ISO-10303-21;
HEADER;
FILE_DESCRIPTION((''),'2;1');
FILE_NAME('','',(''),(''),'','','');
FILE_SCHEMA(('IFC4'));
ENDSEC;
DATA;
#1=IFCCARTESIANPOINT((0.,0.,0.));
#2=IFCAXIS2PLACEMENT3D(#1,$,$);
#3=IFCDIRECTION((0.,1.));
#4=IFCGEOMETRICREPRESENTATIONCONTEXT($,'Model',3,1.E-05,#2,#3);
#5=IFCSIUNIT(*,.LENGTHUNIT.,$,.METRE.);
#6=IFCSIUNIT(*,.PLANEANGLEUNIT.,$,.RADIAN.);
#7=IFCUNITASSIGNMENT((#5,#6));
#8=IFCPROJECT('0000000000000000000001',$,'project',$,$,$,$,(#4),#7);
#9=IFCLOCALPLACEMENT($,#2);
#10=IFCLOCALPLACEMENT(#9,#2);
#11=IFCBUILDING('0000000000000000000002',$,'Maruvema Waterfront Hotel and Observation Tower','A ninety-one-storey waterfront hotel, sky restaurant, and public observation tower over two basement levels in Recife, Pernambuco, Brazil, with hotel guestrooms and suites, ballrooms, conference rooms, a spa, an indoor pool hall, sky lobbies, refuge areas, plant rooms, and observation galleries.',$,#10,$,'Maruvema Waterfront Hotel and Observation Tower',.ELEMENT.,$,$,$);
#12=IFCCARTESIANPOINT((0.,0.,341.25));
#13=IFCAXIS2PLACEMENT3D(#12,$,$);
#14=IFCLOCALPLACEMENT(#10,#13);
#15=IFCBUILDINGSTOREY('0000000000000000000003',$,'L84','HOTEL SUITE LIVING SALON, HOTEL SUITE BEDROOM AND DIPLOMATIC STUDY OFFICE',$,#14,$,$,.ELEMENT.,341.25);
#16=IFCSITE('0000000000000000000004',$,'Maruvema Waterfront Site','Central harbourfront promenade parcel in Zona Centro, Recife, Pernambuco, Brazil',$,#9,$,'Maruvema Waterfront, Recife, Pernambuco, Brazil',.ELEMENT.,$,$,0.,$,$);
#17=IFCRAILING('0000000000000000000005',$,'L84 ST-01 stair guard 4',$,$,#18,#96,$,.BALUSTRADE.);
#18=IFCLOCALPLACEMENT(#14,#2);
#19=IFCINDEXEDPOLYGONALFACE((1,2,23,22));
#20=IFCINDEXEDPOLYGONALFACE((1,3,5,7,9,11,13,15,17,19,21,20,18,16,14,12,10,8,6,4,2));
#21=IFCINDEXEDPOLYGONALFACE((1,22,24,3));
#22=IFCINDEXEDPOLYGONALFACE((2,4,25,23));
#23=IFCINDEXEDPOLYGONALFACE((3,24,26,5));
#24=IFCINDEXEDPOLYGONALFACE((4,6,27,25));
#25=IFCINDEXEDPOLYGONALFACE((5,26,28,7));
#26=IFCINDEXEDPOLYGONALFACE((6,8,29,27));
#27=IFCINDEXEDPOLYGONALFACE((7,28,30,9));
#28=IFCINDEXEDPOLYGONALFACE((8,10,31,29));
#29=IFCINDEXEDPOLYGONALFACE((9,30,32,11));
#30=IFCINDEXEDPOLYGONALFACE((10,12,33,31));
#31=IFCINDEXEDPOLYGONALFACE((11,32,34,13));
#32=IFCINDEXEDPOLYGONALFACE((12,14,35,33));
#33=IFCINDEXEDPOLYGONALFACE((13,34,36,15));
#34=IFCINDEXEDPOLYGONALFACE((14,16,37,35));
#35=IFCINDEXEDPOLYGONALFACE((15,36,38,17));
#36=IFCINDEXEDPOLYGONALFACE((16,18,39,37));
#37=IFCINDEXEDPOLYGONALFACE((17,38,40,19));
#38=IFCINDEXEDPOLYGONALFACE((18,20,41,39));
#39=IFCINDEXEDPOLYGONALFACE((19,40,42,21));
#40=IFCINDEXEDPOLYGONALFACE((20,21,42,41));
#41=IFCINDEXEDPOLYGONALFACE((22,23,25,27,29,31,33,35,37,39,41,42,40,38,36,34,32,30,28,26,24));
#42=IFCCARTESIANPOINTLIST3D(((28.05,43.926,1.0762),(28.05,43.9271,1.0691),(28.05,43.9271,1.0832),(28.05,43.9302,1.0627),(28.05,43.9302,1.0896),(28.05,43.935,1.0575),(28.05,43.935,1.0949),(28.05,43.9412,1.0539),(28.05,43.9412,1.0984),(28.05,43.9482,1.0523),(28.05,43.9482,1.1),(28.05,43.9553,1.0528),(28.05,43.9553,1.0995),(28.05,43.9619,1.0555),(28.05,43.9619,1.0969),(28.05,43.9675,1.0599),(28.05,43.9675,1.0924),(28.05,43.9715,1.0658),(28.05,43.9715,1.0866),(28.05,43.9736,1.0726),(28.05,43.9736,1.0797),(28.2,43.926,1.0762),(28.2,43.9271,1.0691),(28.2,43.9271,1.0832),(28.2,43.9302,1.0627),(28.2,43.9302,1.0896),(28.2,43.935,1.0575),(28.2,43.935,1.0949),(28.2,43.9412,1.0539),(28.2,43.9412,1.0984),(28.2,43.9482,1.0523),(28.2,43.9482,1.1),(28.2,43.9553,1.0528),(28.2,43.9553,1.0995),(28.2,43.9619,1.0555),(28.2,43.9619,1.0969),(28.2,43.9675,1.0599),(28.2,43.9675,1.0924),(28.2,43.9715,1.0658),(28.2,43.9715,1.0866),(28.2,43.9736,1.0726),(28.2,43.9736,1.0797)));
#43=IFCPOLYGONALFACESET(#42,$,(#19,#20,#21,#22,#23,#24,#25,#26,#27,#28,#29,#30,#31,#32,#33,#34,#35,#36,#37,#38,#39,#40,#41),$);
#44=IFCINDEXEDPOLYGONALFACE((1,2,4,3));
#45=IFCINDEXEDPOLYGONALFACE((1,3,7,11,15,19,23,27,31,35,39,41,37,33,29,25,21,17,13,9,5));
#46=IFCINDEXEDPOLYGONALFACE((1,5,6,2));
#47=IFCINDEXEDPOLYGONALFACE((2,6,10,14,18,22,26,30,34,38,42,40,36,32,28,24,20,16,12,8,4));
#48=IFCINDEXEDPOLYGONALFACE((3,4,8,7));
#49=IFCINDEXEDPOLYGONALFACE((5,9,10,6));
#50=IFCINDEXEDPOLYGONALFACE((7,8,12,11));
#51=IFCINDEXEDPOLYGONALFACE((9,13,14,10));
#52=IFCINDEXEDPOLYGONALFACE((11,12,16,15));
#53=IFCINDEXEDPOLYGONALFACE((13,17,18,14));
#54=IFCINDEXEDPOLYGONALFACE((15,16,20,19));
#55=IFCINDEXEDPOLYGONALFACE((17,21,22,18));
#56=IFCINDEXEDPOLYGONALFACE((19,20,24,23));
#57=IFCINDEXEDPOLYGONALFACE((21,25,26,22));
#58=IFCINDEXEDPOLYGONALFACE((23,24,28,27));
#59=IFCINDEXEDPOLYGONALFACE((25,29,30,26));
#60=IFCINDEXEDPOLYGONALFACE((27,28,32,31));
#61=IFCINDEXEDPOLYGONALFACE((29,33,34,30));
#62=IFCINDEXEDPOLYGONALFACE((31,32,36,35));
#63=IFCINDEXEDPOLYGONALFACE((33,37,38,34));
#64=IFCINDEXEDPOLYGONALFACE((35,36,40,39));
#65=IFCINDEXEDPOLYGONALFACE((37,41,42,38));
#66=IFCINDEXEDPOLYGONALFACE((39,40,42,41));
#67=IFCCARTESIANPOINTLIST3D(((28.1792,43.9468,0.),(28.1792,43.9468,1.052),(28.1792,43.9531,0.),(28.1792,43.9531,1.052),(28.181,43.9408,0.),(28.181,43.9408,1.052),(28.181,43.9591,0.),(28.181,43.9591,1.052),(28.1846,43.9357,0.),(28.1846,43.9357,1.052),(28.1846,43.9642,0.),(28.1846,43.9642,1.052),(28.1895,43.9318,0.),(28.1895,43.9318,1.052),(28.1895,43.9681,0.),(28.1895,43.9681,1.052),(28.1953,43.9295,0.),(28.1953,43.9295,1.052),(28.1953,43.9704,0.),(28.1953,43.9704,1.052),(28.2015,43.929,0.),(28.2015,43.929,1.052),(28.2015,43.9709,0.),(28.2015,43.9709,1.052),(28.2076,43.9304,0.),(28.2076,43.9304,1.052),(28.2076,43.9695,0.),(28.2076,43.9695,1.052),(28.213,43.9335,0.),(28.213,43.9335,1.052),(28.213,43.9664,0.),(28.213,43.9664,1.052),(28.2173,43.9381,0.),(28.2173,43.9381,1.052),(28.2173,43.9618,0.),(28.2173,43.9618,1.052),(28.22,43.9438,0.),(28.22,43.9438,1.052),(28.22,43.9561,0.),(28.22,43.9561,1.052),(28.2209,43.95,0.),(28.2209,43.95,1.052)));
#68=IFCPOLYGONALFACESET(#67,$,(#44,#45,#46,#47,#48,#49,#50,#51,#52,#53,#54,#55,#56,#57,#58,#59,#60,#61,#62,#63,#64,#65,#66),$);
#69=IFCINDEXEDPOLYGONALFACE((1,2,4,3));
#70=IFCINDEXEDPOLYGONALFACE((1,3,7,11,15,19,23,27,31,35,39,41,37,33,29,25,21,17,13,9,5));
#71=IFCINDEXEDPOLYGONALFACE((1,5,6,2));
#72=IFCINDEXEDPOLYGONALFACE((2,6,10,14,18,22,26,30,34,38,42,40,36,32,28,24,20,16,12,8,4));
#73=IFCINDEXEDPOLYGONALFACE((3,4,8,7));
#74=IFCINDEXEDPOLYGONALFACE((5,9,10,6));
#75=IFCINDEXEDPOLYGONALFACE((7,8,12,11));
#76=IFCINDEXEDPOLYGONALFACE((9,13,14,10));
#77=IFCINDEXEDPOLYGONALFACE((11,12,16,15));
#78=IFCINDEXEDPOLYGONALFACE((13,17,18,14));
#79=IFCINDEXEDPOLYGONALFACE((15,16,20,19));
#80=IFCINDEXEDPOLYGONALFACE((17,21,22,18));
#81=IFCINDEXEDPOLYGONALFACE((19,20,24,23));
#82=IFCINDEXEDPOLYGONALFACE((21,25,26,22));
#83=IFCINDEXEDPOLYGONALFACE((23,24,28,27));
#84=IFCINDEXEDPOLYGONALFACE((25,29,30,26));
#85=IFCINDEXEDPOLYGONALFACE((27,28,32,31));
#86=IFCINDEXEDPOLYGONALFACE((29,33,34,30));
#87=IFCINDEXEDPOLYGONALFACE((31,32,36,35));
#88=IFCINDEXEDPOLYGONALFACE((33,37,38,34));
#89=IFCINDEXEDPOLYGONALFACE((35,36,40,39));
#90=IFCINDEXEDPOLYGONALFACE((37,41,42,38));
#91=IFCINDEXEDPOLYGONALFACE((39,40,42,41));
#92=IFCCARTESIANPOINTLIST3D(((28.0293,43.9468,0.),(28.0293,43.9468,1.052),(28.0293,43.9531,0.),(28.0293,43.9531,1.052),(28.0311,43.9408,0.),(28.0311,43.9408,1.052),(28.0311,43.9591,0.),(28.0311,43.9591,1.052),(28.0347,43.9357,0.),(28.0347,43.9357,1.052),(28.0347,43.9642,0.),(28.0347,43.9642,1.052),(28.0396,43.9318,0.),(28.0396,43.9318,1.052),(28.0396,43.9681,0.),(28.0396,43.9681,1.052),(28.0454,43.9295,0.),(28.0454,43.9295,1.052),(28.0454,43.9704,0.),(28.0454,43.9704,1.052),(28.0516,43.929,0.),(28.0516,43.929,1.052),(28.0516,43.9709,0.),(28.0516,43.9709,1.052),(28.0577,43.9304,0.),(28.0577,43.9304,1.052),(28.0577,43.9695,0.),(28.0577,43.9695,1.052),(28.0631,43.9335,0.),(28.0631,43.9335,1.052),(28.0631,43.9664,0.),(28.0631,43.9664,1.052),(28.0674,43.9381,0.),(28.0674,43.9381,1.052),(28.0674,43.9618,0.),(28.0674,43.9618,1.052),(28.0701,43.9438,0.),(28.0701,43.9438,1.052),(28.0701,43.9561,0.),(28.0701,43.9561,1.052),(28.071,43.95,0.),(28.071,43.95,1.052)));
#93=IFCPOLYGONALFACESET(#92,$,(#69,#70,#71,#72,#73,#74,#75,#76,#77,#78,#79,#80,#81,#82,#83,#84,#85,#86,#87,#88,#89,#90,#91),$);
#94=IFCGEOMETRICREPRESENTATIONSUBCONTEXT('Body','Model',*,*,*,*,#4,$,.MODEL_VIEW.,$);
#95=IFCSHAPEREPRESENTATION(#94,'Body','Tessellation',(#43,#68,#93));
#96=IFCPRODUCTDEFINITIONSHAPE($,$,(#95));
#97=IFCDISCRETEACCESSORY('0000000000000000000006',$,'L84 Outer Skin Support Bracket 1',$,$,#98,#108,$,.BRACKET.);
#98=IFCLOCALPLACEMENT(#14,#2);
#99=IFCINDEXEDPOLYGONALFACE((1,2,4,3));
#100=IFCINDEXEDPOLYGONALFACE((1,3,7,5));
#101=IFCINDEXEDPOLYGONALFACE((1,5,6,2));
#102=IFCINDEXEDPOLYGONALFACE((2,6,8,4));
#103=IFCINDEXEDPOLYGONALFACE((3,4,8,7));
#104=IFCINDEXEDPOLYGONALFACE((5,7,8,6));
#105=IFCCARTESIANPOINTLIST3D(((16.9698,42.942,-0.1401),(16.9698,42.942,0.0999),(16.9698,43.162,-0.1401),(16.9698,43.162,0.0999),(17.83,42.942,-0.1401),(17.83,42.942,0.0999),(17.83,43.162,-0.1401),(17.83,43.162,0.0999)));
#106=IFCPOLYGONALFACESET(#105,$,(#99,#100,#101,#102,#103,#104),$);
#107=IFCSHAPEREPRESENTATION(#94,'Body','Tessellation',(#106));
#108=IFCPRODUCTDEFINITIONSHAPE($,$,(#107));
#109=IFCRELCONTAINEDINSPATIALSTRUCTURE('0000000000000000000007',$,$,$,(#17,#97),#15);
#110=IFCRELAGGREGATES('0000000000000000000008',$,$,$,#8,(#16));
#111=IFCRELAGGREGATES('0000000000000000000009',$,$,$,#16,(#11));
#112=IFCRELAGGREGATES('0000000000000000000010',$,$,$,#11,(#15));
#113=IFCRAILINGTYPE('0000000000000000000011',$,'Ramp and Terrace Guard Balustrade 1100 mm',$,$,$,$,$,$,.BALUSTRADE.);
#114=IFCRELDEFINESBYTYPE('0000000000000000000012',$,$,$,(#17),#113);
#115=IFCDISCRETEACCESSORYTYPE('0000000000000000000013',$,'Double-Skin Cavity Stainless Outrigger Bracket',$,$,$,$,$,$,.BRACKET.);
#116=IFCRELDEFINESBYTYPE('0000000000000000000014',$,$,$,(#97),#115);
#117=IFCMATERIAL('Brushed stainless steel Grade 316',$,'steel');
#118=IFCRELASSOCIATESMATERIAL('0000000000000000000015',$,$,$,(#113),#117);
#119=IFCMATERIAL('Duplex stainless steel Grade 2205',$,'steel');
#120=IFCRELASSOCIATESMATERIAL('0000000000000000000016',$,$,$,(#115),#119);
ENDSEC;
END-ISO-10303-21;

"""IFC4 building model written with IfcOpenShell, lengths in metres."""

from ifc_helpers import new_model, si_unit, direction, frame, origin, origin_2d, place, context, subcontext, project, spatial, rectangle, circle, extrude, material, type_object, element, save


model = new_model("IFC4")

# Units and contexts
model_context = context("Model", 3, precision=1e-05, world=origin(), true_north=direction((0.0, 1.0)))
body_context = subcontext(model_context, "Body", "Model", "MODEL_VIEW")
ifc_project = project(units=[si_unit("LENGTHUNIT", "METRE"), si_unit("PLANEANGLEUNIT", "RADIAN")], contexts=[model_context])

# Site, building, storey
site_placement = place(None, origin())
site = spatial("IfcSite", under=ifc_project, at=site_placement, Name="Maruvema Waterfront Site", Description="Central harbourfront promenade parcel in Zona Centro, Recife, Pernambuco, Brazil", LongName="Maruvema Waterfront, Recife, Pernambuco, Brazil", CompositionType="ELEMENT", RefElevation=0.0)
building_placement = place(site_placement, origin())
building = spatial("IfcBuilding", under=site, at=building_placement, Name="Maruvema Waterfront Hotel and Observation Tower", Description="A ninety-one-storey waterfront hotel, sky restaurant, and public observation tower over two basement levels in Recife, Pernambuco, Brazil, with hotel guestrooms and suites, ballrooms, conference rooms, a spa, an indoor pool hall, sky lobbies, refuge areas, plant rooms, and observation galleries.", LongName="Maruvema Waterfront Hotel and Observation Tower", CompositionType="ELEMENT")
storey_placement = place(building_placement, frame((0.0, 0.0, 341.25)))
storey = spatial("IfcBuildingStorey", under=building, at=storey_placement, Name="L84", Description="HOTEL SUITE LIVING SALON, HOTEL SUITE BEDROOM AND DIPLOMATIC STUDY OFFICE", CompositionType="ELEMENT", Elevation=341.25)

# Railing
ifc_material_1 = material(Name="Brushed stainless steel Grade 316", Category="steel")
railing_type = type_object("IfcRailingType", Name="Ramp and Terrace Guard Balustrade 1100 mm", PredefinedType="BALUSTRADE", material=ifc_material_1)
railing_placement = place(storey_placement, frame((28.2, 43.95, 0.0)))
element("IfcRailing", 1, at=railing_placement, inside=storey, type_object=railing_type, Name="L84 ST-01 stair guard 4", PredefinedType="BALUSTRADE", context=body_context, shape_type="SweptSolid", body=[
    extrude(circle(Radius=0.0239, at=origin_2d()), frame((0.0, 0.0, 1.0762), z_axis=(-1.0, 0.0, 0.0), x_axis=(0.0, -1.0, 0.0)), (0.0, 0.0, 1.0), 0.1499),
    extrude(circle(Radius=0.021, at=origin_2d()), origin(), (0.0, 0.0, 1.0), 1.052),
    extrude(circle(Radius=0.021, at=origin_2d()), frame((-0.1499, 0.0, 0.0)), (0.0, 0.0, 1.0), 1.052),
])

# Discrete accessory
ifc_material_2 = material(Name="Duplex stainless steel Grade 2205", Category="steel")
discrete_accessory_type = type_object("IfcDiscreteAccessoryType", Name="Double-Skin Cavity Stainless Outrigger Bracket", PredefinedType="BRACKET", material=ifc_material_2)
discrete_accessory_placement = place(storey_placement, frame((17.3999, 43.052, -0.1401), z_axis=(0.0, 0.0, 1.0), x_axis=(0.0, -1.0, 0.0)))
element("IfcDiscreteAccessory", 2, at=discrete_accessory_placement, inside=storey, type_object=discrete_accessory_type, Name="L84 Outer Skin Support Bracket 1", PredefinedType="BRACKET", context=body_context, shape_type="SweptSolid", body=[
    extrude(rectangle(XDim=0.22, YDim=0.8601, at=origin_2d()), origin(), (0.0, 0.0, 1.0), 0.24),
])

save(model, "model.ifc")
